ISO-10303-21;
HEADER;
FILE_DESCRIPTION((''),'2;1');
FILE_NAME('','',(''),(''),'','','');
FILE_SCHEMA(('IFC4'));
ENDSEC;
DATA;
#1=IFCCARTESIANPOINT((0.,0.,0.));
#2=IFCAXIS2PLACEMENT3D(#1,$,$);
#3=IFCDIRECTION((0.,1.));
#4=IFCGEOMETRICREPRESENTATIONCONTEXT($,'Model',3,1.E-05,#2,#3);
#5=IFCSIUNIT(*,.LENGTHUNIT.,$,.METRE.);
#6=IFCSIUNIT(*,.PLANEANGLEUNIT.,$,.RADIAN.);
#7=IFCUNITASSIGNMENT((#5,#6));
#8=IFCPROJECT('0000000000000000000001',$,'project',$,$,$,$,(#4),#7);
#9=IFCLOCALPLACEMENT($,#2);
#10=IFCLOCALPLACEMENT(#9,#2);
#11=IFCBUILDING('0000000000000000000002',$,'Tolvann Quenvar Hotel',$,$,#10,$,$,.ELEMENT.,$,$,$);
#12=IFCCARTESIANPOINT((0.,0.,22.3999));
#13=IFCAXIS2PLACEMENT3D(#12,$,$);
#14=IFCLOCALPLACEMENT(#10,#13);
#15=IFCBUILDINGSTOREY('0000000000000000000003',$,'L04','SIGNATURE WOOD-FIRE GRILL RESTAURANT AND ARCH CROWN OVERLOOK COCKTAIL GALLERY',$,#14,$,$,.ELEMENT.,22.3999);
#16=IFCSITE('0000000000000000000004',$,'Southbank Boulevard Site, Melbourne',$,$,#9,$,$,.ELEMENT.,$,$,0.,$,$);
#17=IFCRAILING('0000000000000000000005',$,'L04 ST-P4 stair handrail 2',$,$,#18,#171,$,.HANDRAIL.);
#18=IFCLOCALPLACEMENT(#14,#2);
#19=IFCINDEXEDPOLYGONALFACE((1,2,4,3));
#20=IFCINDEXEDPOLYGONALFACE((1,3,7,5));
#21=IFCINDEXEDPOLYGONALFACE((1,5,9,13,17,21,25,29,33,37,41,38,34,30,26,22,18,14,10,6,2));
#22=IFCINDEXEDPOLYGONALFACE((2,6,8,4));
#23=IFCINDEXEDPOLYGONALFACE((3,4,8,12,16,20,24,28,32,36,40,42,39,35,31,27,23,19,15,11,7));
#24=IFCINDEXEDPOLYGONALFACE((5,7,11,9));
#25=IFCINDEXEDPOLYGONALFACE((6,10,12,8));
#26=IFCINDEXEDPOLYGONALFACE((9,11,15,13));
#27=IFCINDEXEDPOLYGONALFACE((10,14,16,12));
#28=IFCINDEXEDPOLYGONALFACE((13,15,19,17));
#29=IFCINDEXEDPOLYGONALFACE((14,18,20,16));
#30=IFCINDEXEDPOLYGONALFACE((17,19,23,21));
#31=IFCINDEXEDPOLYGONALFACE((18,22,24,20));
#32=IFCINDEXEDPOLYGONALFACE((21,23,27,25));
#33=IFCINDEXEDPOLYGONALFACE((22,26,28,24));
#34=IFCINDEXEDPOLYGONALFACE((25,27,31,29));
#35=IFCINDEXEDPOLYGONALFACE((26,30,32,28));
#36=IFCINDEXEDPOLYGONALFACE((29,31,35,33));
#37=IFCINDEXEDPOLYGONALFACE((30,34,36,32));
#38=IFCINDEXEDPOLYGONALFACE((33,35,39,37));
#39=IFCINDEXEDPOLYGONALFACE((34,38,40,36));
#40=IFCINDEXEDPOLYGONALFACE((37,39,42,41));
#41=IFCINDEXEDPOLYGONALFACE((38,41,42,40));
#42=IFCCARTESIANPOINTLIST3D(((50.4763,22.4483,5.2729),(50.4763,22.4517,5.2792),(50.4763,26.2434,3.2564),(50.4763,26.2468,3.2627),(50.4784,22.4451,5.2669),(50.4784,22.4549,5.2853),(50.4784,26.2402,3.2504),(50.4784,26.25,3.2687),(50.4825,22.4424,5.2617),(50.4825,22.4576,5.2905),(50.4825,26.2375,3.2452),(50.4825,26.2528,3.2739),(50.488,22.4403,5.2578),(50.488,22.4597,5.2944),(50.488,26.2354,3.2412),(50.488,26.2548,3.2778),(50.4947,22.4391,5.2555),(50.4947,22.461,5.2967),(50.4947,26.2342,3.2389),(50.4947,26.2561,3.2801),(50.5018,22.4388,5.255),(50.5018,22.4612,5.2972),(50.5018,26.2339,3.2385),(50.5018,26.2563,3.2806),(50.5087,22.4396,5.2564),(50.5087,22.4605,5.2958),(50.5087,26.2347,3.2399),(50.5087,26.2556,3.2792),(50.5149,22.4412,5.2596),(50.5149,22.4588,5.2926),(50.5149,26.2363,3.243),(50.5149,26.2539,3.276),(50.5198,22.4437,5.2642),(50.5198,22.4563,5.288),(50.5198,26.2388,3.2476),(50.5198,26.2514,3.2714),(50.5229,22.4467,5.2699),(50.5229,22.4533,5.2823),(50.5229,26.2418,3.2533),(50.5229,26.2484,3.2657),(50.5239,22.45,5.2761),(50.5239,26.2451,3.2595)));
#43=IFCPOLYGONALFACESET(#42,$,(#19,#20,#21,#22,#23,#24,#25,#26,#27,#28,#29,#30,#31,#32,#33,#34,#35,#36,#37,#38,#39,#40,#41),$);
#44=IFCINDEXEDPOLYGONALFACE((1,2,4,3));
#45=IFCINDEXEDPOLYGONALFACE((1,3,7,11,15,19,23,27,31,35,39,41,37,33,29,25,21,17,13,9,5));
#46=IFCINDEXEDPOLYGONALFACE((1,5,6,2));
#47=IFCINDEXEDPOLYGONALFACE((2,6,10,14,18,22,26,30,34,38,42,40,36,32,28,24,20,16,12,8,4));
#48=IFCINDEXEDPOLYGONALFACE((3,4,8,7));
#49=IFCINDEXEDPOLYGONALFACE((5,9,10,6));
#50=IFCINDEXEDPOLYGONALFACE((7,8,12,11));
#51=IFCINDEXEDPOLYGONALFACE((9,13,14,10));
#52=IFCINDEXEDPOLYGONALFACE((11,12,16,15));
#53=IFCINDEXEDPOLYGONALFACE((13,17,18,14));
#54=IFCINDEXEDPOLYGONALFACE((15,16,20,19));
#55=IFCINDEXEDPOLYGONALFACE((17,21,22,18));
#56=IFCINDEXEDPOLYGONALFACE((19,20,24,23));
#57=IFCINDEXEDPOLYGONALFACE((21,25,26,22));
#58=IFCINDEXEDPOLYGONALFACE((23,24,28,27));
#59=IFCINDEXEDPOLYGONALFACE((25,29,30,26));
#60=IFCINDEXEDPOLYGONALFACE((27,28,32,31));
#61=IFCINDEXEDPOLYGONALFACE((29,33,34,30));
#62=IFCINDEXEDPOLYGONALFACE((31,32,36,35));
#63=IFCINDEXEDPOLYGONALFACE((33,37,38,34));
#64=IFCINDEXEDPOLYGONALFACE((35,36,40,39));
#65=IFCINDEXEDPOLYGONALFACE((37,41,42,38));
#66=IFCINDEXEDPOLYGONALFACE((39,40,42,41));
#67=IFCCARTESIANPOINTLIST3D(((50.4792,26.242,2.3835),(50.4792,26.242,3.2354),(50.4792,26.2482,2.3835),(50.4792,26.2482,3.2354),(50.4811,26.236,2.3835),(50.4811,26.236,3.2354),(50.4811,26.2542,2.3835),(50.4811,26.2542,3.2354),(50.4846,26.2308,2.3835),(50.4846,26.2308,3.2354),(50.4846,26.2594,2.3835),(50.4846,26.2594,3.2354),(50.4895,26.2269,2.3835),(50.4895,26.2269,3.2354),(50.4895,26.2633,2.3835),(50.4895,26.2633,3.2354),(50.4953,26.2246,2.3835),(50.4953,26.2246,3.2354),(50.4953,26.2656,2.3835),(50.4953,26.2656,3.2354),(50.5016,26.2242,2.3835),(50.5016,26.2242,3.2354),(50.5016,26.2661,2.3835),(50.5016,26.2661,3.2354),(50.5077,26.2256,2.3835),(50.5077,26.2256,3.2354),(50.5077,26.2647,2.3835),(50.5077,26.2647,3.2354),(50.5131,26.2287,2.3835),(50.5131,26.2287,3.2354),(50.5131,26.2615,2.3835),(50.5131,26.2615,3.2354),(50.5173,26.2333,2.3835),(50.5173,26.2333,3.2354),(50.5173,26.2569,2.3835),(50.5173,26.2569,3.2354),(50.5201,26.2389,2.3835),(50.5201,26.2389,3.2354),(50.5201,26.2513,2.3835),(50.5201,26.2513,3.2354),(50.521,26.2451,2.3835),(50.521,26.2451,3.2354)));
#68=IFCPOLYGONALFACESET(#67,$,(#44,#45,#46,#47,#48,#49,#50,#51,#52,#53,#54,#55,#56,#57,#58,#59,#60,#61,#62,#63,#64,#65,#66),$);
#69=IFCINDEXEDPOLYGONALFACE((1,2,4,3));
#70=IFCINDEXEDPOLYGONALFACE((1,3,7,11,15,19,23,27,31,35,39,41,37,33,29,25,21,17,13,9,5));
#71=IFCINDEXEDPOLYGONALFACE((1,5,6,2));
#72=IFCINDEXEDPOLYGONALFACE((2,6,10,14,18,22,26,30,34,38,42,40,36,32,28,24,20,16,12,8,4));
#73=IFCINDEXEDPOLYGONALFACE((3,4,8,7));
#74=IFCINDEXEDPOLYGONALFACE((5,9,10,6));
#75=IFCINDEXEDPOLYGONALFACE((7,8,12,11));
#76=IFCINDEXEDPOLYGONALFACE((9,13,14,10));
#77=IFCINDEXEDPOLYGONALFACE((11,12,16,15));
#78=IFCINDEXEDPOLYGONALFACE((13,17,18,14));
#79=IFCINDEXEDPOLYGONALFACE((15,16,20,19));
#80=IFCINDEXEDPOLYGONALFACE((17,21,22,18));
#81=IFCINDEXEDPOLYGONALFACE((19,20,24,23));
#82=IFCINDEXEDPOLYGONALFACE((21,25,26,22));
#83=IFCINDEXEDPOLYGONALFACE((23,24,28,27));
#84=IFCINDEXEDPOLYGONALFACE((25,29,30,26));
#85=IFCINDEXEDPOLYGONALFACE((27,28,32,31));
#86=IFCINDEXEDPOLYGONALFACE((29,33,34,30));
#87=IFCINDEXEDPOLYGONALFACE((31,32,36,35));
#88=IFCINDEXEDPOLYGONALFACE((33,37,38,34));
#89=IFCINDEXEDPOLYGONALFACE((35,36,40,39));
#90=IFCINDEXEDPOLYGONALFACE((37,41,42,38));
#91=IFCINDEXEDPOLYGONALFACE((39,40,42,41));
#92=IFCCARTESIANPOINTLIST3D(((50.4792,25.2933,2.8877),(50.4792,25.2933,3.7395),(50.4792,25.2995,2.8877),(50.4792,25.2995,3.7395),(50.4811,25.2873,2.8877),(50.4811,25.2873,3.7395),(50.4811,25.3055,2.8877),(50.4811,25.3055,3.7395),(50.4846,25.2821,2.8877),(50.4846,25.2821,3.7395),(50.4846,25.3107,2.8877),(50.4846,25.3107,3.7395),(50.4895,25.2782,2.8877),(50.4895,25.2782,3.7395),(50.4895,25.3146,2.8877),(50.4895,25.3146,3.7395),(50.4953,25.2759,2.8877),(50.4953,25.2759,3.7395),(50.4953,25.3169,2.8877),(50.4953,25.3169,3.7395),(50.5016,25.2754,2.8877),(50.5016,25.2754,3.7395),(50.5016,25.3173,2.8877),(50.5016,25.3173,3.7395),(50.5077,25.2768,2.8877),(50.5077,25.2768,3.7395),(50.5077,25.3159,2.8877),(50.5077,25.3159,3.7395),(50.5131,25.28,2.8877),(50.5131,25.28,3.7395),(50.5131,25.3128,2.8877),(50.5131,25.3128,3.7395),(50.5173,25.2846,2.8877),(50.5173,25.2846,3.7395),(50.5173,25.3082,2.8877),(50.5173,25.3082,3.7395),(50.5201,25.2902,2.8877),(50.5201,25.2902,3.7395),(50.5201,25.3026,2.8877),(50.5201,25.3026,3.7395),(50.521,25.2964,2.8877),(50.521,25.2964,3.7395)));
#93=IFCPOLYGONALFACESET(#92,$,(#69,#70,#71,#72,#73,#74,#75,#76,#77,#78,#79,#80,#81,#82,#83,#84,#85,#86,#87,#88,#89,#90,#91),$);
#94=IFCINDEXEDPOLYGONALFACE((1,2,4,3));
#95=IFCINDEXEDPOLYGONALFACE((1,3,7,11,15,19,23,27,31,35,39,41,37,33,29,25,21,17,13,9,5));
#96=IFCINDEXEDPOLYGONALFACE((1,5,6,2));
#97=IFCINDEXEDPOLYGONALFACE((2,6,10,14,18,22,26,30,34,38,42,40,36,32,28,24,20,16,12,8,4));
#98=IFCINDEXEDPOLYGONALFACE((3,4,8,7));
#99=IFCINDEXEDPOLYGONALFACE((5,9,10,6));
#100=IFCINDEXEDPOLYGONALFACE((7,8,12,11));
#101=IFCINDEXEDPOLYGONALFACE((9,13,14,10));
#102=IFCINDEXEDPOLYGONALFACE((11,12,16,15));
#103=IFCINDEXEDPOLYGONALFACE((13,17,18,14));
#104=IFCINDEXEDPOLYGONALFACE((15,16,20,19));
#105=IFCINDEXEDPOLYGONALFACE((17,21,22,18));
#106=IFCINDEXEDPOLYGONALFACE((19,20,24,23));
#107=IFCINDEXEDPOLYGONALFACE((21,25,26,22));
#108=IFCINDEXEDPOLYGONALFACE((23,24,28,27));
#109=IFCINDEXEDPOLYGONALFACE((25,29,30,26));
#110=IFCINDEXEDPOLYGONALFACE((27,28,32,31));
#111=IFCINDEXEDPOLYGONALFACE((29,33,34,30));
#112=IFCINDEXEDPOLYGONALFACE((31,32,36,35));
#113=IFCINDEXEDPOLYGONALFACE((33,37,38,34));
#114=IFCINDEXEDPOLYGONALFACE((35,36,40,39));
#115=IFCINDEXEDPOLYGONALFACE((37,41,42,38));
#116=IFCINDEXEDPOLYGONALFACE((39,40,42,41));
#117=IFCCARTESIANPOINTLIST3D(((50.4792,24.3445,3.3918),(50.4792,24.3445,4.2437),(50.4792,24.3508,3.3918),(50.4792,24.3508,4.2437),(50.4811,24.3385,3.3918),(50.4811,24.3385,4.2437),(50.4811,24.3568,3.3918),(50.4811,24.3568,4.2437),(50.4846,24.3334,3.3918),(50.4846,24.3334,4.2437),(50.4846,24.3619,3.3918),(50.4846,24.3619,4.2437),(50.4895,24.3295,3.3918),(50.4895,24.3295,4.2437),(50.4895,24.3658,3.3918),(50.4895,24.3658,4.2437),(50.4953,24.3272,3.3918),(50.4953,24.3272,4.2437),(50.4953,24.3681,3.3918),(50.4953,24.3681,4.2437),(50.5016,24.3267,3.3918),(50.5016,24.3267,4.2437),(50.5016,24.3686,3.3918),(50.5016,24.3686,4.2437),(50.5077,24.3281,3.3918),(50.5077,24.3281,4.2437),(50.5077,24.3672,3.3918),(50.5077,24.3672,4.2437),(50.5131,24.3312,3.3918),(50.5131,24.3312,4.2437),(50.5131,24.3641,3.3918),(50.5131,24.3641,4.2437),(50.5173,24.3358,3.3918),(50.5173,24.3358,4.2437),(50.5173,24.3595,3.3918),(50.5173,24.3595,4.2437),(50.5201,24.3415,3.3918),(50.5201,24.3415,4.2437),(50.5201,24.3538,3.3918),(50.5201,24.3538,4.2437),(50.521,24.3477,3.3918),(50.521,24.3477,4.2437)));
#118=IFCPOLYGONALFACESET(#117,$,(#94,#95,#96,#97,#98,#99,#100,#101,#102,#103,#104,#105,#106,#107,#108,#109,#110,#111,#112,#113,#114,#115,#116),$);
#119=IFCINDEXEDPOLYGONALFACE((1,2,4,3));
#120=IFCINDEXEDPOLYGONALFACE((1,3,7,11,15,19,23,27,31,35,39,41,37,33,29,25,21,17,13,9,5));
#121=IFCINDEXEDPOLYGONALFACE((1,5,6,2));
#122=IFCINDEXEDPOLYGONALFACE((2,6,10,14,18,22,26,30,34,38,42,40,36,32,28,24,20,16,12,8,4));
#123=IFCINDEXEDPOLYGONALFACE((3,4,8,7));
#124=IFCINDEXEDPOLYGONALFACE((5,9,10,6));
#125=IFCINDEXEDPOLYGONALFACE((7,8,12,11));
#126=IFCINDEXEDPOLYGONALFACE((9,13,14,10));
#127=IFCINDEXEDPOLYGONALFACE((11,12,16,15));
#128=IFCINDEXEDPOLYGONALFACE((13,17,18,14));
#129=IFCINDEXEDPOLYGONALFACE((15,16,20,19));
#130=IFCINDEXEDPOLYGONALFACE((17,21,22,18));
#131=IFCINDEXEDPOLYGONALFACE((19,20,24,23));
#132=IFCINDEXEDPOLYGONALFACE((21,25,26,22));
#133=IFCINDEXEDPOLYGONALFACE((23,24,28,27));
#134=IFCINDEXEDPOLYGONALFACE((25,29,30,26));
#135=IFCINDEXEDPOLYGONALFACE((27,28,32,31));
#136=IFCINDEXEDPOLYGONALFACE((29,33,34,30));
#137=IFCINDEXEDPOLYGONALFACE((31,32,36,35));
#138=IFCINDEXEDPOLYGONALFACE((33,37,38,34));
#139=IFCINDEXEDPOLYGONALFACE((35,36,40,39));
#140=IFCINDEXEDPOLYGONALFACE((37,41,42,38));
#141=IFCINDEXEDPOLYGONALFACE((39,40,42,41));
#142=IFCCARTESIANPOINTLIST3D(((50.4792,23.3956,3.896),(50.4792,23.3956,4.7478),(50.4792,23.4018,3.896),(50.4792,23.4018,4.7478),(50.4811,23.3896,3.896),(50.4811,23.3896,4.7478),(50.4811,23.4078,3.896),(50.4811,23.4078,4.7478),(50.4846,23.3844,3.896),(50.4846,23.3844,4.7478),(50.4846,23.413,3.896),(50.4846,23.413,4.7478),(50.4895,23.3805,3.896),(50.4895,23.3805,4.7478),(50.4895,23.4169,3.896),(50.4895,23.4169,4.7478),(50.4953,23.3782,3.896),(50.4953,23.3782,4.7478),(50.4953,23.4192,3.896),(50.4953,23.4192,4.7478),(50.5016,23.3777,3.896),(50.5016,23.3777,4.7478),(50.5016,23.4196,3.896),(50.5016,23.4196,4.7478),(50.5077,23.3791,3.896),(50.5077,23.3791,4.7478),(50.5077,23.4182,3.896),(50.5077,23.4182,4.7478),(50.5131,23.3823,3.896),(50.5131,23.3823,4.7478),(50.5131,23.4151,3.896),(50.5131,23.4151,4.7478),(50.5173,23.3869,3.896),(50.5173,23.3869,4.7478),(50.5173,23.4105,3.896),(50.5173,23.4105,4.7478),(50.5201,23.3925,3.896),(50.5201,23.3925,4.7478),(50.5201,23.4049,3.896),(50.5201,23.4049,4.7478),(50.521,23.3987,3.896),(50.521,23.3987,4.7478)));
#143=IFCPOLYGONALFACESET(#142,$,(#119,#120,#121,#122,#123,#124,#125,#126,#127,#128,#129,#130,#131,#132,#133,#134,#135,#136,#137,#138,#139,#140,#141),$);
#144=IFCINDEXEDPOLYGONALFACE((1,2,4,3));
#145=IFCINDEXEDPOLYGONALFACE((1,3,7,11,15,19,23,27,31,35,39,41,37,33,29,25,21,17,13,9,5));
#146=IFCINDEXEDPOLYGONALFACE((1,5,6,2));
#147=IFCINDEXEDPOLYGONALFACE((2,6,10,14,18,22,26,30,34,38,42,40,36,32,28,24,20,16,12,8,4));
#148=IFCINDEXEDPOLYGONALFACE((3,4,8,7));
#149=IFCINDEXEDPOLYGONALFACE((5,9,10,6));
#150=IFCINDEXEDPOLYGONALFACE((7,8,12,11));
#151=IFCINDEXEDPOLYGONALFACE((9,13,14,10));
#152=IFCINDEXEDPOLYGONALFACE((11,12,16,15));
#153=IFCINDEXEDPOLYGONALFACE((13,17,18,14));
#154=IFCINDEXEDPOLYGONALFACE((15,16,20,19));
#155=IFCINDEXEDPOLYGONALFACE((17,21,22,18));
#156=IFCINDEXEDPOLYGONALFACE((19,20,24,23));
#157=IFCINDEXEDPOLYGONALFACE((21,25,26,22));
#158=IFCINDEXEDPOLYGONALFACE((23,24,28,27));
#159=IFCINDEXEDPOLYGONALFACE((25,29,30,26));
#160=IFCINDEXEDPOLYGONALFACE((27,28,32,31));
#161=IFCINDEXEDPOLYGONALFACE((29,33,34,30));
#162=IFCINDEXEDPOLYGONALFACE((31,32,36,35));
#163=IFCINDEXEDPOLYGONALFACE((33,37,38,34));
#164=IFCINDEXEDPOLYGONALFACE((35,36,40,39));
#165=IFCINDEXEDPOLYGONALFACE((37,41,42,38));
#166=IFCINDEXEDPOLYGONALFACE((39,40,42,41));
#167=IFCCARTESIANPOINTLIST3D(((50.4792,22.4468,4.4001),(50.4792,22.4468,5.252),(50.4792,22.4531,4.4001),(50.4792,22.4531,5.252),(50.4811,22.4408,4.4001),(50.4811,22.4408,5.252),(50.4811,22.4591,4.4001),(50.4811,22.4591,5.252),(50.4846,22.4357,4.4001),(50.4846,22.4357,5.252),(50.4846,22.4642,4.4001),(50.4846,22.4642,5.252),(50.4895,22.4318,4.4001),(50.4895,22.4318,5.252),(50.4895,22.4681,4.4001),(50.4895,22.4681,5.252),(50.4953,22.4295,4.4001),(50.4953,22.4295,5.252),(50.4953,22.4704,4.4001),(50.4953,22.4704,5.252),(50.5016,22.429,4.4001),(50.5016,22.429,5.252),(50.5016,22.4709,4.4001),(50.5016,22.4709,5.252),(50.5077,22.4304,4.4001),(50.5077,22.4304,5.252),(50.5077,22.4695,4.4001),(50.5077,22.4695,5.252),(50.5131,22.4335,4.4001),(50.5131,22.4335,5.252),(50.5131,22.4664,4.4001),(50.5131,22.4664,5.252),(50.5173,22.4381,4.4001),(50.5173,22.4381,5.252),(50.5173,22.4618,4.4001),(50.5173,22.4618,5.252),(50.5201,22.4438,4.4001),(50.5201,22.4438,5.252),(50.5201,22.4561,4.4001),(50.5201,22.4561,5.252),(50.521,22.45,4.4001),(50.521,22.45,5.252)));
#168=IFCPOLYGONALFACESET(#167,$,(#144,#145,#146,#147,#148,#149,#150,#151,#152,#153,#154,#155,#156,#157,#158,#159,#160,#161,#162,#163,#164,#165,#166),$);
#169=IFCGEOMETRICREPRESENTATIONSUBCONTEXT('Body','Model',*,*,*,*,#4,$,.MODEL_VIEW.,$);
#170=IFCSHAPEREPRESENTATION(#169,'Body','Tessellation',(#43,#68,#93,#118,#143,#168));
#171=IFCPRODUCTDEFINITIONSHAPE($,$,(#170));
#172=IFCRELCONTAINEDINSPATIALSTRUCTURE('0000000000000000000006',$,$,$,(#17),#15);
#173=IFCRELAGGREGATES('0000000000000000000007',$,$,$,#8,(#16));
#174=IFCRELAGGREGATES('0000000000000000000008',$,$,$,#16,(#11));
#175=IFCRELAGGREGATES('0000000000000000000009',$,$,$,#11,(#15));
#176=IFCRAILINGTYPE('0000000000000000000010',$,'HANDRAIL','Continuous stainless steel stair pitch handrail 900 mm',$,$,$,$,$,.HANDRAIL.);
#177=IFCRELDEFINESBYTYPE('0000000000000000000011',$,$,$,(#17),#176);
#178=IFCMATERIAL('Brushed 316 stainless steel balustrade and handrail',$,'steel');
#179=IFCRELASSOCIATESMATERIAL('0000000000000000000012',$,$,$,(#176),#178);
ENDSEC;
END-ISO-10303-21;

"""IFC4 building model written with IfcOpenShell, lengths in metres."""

from ifc_helpers import new_model, si_unit, direction, frame, origin, origin_2d, place, context, subcontext, project, spatial, circle, extrude, material, type_object, element, save


model = new_model("IFC4")

# Units and contexts
model_context = context("Model", 3, precision=1e-05, world=origin(), true_north=direction((0.0, 1.0)))
body_context = subcontext(model_context, "Body", "Model", "MODEL_VIEW")
ifc_project = project(units=[si_unit("LENGTHUNIT", "METRE"), si_unit("PLANEANGLEUNIT", "RADIAN")], contexts=[model_context])

# Site, building, storey
site_placement = place(None, origin())
site = spatial("IfcSite", under=ifc_project, at=site_placement, Name="Southbank Boulevard Site, Melbourne", CompositionType="ELEMENT", RefElevation=0.0)
building_placement = place(site_placement, origin())
building = spatial("IfcBuilding", under=site, at=building_placement, Name="Tolvann Quenvar Hotel", CompositionType="ELEMENT")
storey_placement = place(building_placement, frame((0.0, 0.0, 22.3999)))
storey = spatial("IfcBuildingStorey", under=building, at=storey_placement, Name="L04", Description="SIGNATURE WOOD-FIRE GRILL RESTAURANT AND ARCH CROWN OVERLOOK COCKTAIL GALLERY", CompositionType="ELEMENT", Elevation=22.3999)

# Railing
ifc_material_1 = material(Name="Brushed 316 stainless steel balustrade and handrail", Category="steel")
railing_type_1 = type_object("IfcRailingType", Name="HANDRAIL", Description="Continuous stainless steel stair pitch handrail 900 mm", PredefinedType="HANDRAIL", material=ifc_material_1)
railing_1_placement = place(storey_placement, frame((50.5, 26.2451, 2.3835)))
element("IfcRailing", 1, at=railing_1_placement, inside=storey, type_object=railing_type_1, Name="L04 ST-P4 stair handrail 2", PredefinedType="HANDRAIL", context=body_context, shape_type="SweptSolid", body=[
    extrude(circle(Radius=0.0239, at=origin_2d()), frame((0.0, 0.0, 0.876), z_axis=(0.0, -0.883075, 0.469231), x_axis=(1.0, 0.0, 0.0)), (0.0, 0.0, 1.0), 4.2976),
    extrude(circle(Radius=0.021, at=origin_2d()), origin(), (0.0, 0.0, 1.0), 0.8518),
    extrude(circle(Radius=0.021, at=origin_2d()), frame((0.0, -0.9487, 0.5042)), (0.0, 0.0, 1.0), 0.8518),
    extrude(circle(Radius=0.021, at=origin_2d()), frame((0.0, -1.8975, 1.0083)), (0.0, 0.0, 1.0), 0.8518),
    extrude(circle(Radius=0.021, at=origin_2d()), frame((0.0, -2.8464, 1.5125)), (0.0, 0.0, 1.0), 0.8518),
    extrude(circle(Radius=0.021, at=origin_2d()), frame((0.0, -3.7952, 2.0166)), (0.0, 0.0, 1.0), 0.8518),
])

save(model, "model.ifc")
